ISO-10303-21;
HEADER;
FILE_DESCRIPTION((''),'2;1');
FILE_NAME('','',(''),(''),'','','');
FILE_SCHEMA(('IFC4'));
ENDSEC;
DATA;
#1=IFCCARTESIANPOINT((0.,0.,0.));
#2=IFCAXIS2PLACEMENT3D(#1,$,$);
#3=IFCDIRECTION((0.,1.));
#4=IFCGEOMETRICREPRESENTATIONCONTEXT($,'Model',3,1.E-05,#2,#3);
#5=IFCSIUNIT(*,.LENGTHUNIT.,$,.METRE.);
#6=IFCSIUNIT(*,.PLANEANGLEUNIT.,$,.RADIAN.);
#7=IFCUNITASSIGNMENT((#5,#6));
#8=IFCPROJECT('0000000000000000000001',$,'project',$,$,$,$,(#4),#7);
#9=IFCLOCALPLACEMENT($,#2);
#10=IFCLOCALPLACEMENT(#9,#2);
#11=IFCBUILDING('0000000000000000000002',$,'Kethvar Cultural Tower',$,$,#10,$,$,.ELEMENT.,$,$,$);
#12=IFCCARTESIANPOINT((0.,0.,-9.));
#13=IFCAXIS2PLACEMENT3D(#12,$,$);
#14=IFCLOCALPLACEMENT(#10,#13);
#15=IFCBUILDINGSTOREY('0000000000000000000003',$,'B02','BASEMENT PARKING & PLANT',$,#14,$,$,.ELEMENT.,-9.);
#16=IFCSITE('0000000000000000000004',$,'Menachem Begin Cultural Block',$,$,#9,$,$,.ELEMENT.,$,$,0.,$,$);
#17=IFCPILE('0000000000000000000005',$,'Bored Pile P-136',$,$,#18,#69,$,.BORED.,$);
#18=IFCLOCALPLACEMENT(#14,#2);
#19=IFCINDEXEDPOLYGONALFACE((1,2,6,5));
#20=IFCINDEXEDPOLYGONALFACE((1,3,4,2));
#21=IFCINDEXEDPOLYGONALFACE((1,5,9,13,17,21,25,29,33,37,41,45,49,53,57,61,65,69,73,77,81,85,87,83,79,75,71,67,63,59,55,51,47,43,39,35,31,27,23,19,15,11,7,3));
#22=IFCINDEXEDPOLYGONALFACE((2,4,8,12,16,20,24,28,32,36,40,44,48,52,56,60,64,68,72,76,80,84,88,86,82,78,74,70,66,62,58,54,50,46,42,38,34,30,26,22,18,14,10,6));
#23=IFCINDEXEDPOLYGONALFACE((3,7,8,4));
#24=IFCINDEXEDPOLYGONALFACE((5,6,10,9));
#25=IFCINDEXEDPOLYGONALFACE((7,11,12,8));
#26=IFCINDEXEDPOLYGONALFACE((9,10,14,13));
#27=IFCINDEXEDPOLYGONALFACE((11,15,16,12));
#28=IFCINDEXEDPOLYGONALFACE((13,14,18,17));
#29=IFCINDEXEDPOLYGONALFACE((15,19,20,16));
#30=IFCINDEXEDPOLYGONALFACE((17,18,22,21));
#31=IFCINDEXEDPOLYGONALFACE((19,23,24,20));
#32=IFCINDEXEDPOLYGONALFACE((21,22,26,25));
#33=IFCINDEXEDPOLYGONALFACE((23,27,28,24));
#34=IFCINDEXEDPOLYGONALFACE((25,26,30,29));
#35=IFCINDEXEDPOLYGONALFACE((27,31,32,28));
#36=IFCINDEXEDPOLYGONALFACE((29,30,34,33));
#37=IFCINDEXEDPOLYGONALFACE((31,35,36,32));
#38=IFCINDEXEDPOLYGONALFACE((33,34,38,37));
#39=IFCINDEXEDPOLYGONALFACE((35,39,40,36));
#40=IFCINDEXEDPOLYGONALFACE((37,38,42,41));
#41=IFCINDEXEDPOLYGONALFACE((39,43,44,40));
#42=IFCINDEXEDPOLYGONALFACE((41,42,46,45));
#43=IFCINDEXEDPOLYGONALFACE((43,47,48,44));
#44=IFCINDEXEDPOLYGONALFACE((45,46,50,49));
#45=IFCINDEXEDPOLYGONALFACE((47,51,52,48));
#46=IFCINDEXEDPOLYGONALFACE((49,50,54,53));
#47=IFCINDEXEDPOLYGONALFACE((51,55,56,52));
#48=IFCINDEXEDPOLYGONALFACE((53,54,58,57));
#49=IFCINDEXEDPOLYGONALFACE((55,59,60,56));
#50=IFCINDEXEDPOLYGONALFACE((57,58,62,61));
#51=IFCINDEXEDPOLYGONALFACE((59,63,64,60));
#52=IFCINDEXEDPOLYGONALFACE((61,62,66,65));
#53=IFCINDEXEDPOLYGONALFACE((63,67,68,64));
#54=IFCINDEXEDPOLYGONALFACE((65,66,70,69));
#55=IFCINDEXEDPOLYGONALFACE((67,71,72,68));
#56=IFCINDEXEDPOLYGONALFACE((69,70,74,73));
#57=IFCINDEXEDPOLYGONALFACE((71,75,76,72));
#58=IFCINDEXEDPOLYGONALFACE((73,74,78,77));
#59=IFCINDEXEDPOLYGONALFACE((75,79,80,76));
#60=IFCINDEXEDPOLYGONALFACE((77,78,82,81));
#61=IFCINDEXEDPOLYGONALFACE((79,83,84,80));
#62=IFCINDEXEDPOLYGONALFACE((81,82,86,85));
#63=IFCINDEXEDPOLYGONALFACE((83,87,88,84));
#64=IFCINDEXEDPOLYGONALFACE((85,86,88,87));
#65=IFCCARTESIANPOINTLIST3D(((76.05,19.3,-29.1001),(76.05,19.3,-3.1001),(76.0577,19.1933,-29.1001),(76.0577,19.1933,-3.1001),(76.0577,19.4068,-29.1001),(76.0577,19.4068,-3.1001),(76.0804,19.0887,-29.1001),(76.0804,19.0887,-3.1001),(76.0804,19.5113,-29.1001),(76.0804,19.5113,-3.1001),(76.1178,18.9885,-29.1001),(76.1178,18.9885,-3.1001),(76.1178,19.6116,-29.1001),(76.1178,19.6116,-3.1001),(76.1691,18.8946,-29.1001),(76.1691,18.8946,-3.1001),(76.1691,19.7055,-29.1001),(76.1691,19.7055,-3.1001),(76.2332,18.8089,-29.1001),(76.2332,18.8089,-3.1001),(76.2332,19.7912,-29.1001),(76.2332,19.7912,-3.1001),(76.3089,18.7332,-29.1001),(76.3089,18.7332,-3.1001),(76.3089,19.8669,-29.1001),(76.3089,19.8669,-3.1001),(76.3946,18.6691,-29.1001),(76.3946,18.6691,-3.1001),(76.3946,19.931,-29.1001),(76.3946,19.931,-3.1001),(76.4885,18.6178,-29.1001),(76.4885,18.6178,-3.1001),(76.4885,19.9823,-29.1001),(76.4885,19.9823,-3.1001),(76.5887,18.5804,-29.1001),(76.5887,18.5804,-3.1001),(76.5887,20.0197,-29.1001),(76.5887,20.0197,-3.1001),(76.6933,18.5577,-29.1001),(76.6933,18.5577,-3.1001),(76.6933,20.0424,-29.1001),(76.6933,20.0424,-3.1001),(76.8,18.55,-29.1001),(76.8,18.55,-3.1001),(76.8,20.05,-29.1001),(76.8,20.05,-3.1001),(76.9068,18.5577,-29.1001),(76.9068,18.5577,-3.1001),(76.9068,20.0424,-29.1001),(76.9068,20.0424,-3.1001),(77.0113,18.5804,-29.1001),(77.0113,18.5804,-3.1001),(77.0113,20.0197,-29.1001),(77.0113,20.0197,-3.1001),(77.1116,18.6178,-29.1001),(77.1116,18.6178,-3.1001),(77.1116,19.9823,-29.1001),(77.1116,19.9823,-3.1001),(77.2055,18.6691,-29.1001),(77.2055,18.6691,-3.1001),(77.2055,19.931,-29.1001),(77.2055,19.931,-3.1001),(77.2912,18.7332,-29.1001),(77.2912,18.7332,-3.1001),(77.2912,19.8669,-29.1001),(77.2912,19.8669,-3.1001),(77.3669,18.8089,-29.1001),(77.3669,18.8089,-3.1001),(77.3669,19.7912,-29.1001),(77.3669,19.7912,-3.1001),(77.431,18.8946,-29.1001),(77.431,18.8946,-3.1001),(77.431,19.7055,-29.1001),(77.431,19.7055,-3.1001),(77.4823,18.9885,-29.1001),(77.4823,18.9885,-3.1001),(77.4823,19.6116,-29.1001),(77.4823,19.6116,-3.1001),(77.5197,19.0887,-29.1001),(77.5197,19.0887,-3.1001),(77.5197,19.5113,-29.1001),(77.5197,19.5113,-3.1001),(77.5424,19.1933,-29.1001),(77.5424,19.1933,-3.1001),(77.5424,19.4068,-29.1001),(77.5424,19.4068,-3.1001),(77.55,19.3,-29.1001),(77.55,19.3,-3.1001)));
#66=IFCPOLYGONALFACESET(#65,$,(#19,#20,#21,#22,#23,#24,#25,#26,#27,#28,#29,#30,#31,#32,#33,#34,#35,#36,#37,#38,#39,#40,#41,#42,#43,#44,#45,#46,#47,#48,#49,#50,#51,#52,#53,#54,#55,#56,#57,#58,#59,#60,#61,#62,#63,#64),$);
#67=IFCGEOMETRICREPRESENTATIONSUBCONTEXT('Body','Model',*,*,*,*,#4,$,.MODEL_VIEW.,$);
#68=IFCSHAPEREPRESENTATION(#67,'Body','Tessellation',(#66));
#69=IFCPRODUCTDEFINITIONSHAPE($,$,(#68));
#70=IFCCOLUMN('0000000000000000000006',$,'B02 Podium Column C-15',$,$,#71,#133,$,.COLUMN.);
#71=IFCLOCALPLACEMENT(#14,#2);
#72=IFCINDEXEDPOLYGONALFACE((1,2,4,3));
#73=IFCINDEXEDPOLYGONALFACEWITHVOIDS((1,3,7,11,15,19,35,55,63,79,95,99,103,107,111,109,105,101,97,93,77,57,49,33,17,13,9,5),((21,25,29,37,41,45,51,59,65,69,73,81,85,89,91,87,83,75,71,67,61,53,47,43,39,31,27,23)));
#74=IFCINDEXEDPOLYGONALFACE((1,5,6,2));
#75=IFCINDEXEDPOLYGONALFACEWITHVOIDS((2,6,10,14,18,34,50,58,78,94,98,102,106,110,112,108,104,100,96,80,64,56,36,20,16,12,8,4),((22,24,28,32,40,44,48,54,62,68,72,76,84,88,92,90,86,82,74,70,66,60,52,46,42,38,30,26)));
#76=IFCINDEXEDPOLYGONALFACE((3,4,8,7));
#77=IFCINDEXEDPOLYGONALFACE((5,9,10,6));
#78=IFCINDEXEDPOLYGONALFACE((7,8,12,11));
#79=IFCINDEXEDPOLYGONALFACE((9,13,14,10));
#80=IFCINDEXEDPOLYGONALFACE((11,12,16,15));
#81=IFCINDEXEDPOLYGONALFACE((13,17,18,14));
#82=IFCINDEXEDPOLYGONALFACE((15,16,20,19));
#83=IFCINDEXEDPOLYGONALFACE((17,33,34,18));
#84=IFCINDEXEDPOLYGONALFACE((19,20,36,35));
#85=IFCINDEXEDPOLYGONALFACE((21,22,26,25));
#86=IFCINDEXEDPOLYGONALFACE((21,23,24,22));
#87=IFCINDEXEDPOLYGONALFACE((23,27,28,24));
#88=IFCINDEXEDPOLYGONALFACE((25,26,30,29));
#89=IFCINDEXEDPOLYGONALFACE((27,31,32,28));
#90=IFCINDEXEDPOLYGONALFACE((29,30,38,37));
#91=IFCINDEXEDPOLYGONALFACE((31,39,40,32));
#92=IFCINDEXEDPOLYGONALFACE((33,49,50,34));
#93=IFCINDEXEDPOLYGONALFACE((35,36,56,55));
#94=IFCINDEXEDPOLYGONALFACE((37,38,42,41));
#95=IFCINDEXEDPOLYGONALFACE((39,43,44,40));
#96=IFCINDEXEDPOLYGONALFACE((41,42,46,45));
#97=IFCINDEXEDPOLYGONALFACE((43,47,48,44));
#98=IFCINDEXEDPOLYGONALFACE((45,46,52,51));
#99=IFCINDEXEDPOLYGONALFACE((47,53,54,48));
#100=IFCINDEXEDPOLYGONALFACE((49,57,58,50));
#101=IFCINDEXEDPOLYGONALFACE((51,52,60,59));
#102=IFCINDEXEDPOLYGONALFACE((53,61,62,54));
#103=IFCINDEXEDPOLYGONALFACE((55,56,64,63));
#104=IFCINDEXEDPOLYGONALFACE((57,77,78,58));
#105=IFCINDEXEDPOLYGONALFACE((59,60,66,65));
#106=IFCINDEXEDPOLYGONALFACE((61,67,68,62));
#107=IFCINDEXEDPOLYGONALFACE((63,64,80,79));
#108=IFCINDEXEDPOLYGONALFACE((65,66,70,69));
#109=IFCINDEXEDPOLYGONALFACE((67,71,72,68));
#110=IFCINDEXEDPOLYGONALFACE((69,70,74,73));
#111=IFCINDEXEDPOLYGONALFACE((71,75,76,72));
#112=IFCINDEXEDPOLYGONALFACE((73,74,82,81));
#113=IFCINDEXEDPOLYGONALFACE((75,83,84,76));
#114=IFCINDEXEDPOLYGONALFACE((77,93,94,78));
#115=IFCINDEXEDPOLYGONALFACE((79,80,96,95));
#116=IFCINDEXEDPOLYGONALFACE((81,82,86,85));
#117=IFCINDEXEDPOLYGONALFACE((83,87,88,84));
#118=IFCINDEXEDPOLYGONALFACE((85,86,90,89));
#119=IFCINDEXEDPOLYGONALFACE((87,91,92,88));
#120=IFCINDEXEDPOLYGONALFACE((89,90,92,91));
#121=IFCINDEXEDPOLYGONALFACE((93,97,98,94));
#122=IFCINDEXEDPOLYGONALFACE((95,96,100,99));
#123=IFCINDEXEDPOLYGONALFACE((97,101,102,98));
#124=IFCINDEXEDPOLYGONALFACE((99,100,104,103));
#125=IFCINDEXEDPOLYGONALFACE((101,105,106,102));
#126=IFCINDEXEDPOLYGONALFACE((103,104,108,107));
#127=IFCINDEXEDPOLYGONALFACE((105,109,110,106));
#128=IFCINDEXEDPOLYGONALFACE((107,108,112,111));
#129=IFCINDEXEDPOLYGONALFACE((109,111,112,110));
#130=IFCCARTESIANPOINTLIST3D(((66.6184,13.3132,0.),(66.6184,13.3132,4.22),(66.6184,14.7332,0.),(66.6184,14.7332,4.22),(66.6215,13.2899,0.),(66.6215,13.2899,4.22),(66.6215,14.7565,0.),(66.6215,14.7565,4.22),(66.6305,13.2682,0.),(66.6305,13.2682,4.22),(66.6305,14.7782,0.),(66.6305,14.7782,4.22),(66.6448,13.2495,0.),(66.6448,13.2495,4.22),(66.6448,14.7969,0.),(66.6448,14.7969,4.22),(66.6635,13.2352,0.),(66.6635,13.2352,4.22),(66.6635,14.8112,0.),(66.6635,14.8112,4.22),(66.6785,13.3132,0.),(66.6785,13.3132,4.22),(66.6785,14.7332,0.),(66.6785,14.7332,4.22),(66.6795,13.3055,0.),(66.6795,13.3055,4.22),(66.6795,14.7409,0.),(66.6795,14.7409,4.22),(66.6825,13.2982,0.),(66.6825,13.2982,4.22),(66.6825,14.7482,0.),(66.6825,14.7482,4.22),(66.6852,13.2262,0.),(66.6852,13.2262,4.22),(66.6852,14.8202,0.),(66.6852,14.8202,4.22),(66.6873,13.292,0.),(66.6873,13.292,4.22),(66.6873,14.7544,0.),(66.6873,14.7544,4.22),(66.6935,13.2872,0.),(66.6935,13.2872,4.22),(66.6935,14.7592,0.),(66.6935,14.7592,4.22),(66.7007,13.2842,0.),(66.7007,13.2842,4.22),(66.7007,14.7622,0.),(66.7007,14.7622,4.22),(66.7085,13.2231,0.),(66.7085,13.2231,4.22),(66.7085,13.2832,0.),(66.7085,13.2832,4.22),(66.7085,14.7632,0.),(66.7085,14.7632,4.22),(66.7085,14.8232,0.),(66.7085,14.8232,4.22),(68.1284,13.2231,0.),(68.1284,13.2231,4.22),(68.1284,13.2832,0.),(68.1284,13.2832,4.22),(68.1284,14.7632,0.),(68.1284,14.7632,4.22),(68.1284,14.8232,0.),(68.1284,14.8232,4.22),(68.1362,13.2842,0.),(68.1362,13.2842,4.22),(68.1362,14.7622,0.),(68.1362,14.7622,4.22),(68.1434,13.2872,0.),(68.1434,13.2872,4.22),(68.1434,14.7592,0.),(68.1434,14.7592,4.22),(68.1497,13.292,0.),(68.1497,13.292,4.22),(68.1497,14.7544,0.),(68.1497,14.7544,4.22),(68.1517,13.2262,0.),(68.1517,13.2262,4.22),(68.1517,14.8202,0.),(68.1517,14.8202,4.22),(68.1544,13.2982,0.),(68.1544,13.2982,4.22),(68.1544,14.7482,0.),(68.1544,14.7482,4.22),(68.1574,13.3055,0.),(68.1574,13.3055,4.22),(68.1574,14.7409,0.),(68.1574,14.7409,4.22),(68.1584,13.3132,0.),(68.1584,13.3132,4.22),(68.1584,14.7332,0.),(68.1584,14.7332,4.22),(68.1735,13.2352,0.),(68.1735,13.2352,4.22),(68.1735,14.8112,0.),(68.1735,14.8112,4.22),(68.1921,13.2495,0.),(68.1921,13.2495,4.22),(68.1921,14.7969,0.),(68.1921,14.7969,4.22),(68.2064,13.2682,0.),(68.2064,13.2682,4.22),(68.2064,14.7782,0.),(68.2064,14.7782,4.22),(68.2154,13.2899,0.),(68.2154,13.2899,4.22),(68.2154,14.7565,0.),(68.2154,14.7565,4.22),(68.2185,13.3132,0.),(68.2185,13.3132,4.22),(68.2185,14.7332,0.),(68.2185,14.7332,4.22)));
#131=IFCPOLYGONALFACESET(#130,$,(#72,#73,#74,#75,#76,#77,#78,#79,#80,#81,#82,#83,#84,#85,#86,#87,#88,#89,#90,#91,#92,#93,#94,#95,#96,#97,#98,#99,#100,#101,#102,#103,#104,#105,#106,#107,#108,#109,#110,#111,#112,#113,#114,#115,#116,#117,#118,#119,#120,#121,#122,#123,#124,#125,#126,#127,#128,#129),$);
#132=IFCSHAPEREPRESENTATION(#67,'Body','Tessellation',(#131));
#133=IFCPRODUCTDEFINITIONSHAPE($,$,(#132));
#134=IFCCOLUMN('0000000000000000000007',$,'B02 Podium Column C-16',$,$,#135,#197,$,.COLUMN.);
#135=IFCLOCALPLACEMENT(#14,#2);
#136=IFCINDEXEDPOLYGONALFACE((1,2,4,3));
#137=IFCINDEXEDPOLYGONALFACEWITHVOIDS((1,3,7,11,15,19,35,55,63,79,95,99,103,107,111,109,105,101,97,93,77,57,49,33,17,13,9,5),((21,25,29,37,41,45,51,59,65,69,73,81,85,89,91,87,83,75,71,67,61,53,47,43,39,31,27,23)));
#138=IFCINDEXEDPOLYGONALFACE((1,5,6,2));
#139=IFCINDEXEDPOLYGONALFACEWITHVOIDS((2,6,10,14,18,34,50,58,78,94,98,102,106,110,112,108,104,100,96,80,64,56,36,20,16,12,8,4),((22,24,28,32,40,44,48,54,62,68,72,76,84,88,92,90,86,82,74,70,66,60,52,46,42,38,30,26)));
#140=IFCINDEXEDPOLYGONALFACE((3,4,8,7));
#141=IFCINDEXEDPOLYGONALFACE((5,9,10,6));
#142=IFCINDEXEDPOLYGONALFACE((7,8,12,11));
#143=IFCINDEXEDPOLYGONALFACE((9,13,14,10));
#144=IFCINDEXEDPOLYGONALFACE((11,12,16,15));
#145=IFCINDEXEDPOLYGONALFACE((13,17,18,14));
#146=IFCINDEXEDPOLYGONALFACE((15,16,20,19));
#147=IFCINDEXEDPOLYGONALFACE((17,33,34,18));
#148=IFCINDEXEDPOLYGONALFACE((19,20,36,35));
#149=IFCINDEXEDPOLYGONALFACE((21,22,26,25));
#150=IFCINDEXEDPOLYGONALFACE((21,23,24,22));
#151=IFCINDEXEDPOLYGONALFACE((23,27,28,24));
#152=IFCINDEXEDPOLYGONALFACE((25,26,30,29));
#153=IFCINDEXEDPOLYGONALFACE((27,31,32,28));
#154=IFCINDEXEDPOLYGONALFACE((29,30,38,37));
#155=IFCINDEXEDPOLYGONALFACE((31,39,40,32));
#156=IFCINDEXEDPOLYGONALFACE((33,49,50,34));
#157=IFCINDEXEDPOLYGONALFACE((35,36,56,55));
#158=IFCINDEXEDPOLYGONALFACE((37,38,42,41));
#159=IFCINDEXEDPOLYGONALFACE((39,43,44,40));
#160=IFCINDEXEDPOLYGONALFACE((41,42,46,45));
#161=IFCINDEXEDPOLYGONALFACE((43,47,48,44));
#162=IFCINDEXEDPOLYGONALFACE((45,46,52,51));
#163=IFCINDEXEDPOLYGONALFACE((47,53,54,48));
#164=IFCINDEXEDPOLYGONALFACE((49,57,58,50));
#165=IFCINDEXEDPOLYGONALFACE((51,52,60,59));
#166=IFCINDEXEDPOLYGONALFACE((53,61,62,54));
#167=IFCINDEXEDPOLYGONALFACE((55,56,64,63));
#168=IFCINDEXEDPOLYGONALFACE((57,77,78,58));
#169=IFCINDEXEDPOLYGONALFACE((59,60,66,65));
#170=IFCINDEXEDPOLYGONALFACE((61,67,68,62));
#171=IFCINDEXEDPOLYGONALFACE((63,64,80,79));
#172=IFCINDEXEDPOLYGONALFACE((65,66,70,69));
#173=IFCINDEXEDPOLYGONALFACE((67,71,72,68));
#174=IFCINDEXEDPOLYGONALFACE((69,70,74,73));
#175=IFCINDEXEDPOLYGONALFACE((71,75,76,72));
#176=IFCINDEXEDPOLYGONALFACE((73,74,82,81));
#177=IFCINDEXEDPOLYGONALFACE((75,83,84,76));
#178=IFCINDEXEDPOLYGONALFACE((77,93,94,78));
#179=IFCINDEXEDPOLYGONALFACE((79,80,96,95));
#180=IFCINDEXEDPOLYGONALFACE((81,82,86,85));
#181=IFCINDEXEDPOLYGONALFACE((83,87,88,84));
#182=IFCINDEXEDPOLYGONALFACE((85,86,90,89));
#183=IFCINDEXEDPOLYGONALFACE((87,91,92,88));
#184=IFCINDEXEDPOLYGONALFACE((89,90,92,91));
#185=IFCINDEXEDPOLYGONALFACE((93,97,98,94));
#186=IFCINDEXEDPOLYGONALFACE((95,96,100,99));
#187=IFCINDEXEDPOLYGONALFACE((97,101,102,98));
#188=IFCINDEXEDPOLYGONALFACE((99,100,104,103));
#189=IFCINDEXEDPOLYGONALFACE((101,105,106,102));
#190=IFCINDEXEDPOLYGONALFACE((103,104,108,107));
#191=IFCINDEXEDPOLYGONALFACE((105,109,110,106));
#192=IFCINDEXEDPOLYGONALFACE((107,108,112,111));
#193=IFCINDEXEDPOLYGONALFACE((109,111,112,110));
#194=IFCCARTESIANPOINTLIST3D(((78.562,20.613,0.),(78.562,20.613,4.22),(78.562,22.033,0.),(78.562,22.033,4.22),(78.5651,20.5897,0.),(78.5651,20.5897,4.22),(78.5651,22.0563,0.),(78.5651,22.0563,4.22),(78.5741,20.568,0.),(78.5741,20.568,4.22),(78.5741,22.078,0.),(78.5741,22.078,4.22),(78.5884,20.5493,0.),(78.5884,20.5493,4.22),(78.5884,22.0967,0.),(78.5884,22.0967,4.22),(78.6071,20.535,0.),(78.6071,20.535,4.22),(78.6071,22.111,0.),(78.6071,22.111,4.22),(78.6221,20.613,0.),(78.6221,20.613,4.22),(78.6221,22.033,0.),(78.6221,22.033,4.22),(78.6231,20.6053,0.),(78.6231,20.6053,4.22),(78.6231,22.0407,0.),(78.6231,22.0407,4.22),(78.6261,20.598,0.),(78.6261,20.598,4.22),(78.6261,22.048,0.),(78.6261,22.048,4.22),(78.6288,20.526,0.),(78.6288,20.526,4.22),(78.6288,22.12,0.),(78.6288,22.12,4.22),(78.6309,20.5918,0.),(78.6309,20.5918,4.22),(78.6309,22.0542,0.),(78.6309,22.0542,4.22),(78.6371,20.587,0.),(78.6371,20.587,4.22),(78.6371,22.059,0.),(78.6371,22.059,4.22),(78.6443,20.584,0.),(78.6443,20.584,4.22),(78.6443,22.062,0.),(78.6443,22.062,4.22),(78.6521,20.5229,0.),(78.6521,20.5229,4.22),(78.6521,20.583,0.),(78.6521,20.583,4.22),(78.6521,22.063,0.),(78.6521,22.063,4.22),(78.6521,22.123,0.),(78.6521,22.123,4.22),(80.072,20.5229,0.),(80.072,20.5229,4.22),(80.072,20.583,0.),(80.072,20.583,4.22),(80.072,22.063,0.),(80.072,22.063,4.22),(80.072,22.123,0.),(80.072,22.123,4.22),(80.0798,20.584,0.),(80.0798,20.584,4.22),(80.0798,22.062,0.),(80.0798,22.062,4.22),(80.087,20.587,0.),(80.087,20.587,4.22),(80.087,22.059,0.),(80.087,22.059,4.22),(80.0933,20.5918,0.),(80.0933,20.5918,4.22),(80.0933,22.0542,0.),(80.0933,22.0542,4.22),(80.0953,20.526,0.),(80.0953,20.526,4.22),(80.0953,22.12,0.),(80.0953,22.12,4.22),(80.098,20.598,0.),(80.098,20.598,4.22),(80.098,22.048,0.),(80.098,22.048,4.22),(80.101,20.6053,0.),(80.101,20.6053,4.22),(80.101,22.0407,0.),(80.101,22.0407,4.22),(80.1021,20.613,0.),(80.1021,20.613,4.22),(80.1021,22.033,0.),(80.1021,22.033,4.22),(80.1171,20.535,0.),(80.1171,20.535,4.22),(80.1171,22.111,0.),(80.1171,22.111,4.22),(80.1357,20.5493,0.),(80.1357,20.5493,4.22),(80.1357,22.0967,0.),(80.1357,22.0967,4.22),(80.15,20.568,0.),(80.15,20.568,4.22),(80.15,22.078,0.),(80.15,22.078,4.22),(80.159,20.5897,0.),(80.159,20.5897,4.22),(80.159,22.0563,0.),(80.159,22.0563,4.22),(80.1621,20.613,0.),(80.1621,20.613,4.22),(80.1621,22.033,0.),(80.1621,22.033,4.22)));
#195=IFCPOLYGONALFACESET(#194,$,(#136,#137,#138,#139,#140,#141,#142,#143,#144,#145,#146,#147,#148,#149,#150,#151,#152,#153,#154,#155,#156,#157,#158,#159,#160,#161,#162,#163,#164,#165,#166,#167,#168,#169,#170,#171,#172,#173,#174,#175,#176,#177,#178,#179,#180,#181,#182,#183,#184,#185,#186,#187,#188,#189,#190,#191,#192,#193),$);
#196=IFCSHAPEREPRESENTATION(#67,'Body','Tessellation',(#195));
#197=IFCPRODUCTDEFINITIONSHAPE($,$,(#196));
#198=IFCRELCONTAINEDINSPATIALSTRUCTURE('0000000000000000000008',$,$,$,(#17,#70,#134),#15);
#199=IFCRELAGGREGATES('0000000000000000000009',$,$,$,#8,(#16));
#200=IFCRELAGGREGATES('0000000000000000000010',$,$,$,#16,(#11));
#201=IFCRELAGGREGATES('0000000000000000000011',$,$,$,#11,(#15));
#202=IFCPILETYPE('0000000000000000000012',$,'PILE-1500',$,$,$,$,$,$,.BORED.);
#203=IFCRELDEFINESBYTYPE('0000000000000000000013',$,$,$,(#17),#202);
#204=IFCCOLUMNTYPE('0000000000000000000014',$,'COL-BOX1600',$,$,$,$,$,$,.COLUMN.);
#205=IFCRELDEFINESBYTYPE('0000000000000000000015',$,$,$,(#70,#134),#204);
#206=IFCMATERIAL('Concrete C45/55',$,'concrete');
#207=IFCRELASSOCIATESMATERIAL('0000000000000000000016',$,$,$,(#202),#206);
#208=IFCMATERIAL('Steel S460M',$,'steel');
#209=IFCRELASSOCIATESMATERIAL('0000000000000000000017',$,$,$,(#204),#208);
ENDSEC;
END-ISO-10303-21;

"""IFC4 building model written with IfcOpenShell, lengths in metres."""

from ifc_helpers import new_model, si_unit, direction, frame, origin, origin_2d, place, context, subcontext, project, spatial, hollow_rectangle, circle, extrude, source, transform, mapped, material, material_profile, profile_set, type_object, element, save


model = new_model("IFC4")

# Units and contexts
model_context = context("Model", 3, precision=1e-05, world=origin(), true_north=direction((0.0, 1.0)))
body_context = subcontext(model_context, "Body", "Model", "MODEL_VIEW")
ifc_project = project(units=[si_unit("LENGTHUNIT", "METRE"), si_unit("PLANEANGLEUNIT", "RADIAN")], contexts=[model_context])

# Site, building, storey
site_placement = place(None, origin())
site = spatial("IfcSite", under=ifc_project, at=site_placement, Name="Menachem Begin Cultural Block", CompositionType="ELEMENT", RefElevation=0.0)
building_placement = place(site_placement, origin())
building = spatial("IfcBuilding", under=site, at=building_placement, Name="Kethvar Cultural Tower", CompositionType="ELEMENT")
storey_placement = place(building_placement, frame((0.0, 0.0, -9.0)))
storey = spatial("IfcBuildingStorey", under=building, at=storey_placement, Name="B02", Description="BASEMENT PARKING & PLANT", CompositionType="ELEMENT", Elevation=-9.0)

# Pile
ifc_material_1 = material(Name="Concrete C45/55", Category="concrete")
ifc_material_profile_1 = material_profile(ifc_material_1, circle(Radius=0.75, at=origin_2d()), Name="Concrete C45/55 — PILE1500")
ifc_profile_set_1 = profile_set([ifc_material_profile_1], Name="Concrete C45/55 — PILE1500")
pile_type = type_object("IfcPileType", Name="PILE-1500", PredefinedType="BORED", material=ifc_profile_set_1)
shared_shape_1 = source(origin(), body_context, "Body", "SweptSolid", [
    extrude(circle(Radius=0.75, at=origin_2d()), origin(), (0.0, 0.0, 1.0), 26.0),
])
for number, where, z_axis, x_axis, name in (
    (1, (76.8, 19.3, -3.1001), (0.0, 0.0, -1.0), (1.0, 0.0, 0.0), "Bored Pile P-136"),
):
    element("IfcPile", number, at=place(storey_placement, frame(where, z_axis=z_axis, x_axis=x_axis)), inside=storey, type_object=pile_type, Name=name, PredefinedType="BORED", context=body_context, shape_type="MappedRepresentation", body=[
        mapped(shared_shape_1, transform((0.0, 0.0, 0.0), scale=1.0)),
    ])

# Columns
ifc_material_2 = material(Name="Steel S460M", Category="steel")
ifc_material_profile_2 = material_profile(ifc_material_2, hollow_rectangle(XDim=1.6001, YDim=1.6001, WallThickness=0.0601, InnerFilletRadius=0.03, OuterFilletRadius=0.0901, at=origin_2d()), Name="Steel S460M — BOX1600x1600x60")
ifc_profile_set_2 = profile_set([ifc_material_profile_2], Name="Steel S460M — BOX1600x1600x60")
column_type = type_object("IfcColumnType", Name="COL-BOX1600", PredefinedType="COLUMN", material=ifc_profile_set_2)
shared_shape_2 = source(origin(), body_context, "Body", "SweptSolid", [
    extrude(hollow_rectangle(XDim=1.6001, YDim=1.6001, WallThickness=0.0601, InnerFilletRadius=0.03, OuterFilletRadius=0.0901, at=origin_2d()), origin(), (0.0, 0.0, 1.0), 4.22),
])
for number, where, z_axis, x_axis, name in (
    (2, (67.4185, 14.0232, 0.0), (0.0, 0.0, 1.0), (1.0, 0.0, 0.0), "B02 Podium Column C-15"),
    (3, (79.3621, 21.323, 0.0), (0.0, 0.0, 1.0), (1.0, 0.0, 0.0), "B02 Podium Column C-16"),
):
    element("IfcColumn", number, at=place(storey_placement, frame(where, z_axis=z_axis, x_axis=x_axis)), inside=storey, type_object=column_type, Name=name, PredefinedType="COLUMN", context=body_context, shape_type="MappedRepresentation", body=[
        mapped(shared_shape_2, transform((0.0, 0.0, 0.0), scale=1.0)),
    ])

save(model, "model.ifc")
